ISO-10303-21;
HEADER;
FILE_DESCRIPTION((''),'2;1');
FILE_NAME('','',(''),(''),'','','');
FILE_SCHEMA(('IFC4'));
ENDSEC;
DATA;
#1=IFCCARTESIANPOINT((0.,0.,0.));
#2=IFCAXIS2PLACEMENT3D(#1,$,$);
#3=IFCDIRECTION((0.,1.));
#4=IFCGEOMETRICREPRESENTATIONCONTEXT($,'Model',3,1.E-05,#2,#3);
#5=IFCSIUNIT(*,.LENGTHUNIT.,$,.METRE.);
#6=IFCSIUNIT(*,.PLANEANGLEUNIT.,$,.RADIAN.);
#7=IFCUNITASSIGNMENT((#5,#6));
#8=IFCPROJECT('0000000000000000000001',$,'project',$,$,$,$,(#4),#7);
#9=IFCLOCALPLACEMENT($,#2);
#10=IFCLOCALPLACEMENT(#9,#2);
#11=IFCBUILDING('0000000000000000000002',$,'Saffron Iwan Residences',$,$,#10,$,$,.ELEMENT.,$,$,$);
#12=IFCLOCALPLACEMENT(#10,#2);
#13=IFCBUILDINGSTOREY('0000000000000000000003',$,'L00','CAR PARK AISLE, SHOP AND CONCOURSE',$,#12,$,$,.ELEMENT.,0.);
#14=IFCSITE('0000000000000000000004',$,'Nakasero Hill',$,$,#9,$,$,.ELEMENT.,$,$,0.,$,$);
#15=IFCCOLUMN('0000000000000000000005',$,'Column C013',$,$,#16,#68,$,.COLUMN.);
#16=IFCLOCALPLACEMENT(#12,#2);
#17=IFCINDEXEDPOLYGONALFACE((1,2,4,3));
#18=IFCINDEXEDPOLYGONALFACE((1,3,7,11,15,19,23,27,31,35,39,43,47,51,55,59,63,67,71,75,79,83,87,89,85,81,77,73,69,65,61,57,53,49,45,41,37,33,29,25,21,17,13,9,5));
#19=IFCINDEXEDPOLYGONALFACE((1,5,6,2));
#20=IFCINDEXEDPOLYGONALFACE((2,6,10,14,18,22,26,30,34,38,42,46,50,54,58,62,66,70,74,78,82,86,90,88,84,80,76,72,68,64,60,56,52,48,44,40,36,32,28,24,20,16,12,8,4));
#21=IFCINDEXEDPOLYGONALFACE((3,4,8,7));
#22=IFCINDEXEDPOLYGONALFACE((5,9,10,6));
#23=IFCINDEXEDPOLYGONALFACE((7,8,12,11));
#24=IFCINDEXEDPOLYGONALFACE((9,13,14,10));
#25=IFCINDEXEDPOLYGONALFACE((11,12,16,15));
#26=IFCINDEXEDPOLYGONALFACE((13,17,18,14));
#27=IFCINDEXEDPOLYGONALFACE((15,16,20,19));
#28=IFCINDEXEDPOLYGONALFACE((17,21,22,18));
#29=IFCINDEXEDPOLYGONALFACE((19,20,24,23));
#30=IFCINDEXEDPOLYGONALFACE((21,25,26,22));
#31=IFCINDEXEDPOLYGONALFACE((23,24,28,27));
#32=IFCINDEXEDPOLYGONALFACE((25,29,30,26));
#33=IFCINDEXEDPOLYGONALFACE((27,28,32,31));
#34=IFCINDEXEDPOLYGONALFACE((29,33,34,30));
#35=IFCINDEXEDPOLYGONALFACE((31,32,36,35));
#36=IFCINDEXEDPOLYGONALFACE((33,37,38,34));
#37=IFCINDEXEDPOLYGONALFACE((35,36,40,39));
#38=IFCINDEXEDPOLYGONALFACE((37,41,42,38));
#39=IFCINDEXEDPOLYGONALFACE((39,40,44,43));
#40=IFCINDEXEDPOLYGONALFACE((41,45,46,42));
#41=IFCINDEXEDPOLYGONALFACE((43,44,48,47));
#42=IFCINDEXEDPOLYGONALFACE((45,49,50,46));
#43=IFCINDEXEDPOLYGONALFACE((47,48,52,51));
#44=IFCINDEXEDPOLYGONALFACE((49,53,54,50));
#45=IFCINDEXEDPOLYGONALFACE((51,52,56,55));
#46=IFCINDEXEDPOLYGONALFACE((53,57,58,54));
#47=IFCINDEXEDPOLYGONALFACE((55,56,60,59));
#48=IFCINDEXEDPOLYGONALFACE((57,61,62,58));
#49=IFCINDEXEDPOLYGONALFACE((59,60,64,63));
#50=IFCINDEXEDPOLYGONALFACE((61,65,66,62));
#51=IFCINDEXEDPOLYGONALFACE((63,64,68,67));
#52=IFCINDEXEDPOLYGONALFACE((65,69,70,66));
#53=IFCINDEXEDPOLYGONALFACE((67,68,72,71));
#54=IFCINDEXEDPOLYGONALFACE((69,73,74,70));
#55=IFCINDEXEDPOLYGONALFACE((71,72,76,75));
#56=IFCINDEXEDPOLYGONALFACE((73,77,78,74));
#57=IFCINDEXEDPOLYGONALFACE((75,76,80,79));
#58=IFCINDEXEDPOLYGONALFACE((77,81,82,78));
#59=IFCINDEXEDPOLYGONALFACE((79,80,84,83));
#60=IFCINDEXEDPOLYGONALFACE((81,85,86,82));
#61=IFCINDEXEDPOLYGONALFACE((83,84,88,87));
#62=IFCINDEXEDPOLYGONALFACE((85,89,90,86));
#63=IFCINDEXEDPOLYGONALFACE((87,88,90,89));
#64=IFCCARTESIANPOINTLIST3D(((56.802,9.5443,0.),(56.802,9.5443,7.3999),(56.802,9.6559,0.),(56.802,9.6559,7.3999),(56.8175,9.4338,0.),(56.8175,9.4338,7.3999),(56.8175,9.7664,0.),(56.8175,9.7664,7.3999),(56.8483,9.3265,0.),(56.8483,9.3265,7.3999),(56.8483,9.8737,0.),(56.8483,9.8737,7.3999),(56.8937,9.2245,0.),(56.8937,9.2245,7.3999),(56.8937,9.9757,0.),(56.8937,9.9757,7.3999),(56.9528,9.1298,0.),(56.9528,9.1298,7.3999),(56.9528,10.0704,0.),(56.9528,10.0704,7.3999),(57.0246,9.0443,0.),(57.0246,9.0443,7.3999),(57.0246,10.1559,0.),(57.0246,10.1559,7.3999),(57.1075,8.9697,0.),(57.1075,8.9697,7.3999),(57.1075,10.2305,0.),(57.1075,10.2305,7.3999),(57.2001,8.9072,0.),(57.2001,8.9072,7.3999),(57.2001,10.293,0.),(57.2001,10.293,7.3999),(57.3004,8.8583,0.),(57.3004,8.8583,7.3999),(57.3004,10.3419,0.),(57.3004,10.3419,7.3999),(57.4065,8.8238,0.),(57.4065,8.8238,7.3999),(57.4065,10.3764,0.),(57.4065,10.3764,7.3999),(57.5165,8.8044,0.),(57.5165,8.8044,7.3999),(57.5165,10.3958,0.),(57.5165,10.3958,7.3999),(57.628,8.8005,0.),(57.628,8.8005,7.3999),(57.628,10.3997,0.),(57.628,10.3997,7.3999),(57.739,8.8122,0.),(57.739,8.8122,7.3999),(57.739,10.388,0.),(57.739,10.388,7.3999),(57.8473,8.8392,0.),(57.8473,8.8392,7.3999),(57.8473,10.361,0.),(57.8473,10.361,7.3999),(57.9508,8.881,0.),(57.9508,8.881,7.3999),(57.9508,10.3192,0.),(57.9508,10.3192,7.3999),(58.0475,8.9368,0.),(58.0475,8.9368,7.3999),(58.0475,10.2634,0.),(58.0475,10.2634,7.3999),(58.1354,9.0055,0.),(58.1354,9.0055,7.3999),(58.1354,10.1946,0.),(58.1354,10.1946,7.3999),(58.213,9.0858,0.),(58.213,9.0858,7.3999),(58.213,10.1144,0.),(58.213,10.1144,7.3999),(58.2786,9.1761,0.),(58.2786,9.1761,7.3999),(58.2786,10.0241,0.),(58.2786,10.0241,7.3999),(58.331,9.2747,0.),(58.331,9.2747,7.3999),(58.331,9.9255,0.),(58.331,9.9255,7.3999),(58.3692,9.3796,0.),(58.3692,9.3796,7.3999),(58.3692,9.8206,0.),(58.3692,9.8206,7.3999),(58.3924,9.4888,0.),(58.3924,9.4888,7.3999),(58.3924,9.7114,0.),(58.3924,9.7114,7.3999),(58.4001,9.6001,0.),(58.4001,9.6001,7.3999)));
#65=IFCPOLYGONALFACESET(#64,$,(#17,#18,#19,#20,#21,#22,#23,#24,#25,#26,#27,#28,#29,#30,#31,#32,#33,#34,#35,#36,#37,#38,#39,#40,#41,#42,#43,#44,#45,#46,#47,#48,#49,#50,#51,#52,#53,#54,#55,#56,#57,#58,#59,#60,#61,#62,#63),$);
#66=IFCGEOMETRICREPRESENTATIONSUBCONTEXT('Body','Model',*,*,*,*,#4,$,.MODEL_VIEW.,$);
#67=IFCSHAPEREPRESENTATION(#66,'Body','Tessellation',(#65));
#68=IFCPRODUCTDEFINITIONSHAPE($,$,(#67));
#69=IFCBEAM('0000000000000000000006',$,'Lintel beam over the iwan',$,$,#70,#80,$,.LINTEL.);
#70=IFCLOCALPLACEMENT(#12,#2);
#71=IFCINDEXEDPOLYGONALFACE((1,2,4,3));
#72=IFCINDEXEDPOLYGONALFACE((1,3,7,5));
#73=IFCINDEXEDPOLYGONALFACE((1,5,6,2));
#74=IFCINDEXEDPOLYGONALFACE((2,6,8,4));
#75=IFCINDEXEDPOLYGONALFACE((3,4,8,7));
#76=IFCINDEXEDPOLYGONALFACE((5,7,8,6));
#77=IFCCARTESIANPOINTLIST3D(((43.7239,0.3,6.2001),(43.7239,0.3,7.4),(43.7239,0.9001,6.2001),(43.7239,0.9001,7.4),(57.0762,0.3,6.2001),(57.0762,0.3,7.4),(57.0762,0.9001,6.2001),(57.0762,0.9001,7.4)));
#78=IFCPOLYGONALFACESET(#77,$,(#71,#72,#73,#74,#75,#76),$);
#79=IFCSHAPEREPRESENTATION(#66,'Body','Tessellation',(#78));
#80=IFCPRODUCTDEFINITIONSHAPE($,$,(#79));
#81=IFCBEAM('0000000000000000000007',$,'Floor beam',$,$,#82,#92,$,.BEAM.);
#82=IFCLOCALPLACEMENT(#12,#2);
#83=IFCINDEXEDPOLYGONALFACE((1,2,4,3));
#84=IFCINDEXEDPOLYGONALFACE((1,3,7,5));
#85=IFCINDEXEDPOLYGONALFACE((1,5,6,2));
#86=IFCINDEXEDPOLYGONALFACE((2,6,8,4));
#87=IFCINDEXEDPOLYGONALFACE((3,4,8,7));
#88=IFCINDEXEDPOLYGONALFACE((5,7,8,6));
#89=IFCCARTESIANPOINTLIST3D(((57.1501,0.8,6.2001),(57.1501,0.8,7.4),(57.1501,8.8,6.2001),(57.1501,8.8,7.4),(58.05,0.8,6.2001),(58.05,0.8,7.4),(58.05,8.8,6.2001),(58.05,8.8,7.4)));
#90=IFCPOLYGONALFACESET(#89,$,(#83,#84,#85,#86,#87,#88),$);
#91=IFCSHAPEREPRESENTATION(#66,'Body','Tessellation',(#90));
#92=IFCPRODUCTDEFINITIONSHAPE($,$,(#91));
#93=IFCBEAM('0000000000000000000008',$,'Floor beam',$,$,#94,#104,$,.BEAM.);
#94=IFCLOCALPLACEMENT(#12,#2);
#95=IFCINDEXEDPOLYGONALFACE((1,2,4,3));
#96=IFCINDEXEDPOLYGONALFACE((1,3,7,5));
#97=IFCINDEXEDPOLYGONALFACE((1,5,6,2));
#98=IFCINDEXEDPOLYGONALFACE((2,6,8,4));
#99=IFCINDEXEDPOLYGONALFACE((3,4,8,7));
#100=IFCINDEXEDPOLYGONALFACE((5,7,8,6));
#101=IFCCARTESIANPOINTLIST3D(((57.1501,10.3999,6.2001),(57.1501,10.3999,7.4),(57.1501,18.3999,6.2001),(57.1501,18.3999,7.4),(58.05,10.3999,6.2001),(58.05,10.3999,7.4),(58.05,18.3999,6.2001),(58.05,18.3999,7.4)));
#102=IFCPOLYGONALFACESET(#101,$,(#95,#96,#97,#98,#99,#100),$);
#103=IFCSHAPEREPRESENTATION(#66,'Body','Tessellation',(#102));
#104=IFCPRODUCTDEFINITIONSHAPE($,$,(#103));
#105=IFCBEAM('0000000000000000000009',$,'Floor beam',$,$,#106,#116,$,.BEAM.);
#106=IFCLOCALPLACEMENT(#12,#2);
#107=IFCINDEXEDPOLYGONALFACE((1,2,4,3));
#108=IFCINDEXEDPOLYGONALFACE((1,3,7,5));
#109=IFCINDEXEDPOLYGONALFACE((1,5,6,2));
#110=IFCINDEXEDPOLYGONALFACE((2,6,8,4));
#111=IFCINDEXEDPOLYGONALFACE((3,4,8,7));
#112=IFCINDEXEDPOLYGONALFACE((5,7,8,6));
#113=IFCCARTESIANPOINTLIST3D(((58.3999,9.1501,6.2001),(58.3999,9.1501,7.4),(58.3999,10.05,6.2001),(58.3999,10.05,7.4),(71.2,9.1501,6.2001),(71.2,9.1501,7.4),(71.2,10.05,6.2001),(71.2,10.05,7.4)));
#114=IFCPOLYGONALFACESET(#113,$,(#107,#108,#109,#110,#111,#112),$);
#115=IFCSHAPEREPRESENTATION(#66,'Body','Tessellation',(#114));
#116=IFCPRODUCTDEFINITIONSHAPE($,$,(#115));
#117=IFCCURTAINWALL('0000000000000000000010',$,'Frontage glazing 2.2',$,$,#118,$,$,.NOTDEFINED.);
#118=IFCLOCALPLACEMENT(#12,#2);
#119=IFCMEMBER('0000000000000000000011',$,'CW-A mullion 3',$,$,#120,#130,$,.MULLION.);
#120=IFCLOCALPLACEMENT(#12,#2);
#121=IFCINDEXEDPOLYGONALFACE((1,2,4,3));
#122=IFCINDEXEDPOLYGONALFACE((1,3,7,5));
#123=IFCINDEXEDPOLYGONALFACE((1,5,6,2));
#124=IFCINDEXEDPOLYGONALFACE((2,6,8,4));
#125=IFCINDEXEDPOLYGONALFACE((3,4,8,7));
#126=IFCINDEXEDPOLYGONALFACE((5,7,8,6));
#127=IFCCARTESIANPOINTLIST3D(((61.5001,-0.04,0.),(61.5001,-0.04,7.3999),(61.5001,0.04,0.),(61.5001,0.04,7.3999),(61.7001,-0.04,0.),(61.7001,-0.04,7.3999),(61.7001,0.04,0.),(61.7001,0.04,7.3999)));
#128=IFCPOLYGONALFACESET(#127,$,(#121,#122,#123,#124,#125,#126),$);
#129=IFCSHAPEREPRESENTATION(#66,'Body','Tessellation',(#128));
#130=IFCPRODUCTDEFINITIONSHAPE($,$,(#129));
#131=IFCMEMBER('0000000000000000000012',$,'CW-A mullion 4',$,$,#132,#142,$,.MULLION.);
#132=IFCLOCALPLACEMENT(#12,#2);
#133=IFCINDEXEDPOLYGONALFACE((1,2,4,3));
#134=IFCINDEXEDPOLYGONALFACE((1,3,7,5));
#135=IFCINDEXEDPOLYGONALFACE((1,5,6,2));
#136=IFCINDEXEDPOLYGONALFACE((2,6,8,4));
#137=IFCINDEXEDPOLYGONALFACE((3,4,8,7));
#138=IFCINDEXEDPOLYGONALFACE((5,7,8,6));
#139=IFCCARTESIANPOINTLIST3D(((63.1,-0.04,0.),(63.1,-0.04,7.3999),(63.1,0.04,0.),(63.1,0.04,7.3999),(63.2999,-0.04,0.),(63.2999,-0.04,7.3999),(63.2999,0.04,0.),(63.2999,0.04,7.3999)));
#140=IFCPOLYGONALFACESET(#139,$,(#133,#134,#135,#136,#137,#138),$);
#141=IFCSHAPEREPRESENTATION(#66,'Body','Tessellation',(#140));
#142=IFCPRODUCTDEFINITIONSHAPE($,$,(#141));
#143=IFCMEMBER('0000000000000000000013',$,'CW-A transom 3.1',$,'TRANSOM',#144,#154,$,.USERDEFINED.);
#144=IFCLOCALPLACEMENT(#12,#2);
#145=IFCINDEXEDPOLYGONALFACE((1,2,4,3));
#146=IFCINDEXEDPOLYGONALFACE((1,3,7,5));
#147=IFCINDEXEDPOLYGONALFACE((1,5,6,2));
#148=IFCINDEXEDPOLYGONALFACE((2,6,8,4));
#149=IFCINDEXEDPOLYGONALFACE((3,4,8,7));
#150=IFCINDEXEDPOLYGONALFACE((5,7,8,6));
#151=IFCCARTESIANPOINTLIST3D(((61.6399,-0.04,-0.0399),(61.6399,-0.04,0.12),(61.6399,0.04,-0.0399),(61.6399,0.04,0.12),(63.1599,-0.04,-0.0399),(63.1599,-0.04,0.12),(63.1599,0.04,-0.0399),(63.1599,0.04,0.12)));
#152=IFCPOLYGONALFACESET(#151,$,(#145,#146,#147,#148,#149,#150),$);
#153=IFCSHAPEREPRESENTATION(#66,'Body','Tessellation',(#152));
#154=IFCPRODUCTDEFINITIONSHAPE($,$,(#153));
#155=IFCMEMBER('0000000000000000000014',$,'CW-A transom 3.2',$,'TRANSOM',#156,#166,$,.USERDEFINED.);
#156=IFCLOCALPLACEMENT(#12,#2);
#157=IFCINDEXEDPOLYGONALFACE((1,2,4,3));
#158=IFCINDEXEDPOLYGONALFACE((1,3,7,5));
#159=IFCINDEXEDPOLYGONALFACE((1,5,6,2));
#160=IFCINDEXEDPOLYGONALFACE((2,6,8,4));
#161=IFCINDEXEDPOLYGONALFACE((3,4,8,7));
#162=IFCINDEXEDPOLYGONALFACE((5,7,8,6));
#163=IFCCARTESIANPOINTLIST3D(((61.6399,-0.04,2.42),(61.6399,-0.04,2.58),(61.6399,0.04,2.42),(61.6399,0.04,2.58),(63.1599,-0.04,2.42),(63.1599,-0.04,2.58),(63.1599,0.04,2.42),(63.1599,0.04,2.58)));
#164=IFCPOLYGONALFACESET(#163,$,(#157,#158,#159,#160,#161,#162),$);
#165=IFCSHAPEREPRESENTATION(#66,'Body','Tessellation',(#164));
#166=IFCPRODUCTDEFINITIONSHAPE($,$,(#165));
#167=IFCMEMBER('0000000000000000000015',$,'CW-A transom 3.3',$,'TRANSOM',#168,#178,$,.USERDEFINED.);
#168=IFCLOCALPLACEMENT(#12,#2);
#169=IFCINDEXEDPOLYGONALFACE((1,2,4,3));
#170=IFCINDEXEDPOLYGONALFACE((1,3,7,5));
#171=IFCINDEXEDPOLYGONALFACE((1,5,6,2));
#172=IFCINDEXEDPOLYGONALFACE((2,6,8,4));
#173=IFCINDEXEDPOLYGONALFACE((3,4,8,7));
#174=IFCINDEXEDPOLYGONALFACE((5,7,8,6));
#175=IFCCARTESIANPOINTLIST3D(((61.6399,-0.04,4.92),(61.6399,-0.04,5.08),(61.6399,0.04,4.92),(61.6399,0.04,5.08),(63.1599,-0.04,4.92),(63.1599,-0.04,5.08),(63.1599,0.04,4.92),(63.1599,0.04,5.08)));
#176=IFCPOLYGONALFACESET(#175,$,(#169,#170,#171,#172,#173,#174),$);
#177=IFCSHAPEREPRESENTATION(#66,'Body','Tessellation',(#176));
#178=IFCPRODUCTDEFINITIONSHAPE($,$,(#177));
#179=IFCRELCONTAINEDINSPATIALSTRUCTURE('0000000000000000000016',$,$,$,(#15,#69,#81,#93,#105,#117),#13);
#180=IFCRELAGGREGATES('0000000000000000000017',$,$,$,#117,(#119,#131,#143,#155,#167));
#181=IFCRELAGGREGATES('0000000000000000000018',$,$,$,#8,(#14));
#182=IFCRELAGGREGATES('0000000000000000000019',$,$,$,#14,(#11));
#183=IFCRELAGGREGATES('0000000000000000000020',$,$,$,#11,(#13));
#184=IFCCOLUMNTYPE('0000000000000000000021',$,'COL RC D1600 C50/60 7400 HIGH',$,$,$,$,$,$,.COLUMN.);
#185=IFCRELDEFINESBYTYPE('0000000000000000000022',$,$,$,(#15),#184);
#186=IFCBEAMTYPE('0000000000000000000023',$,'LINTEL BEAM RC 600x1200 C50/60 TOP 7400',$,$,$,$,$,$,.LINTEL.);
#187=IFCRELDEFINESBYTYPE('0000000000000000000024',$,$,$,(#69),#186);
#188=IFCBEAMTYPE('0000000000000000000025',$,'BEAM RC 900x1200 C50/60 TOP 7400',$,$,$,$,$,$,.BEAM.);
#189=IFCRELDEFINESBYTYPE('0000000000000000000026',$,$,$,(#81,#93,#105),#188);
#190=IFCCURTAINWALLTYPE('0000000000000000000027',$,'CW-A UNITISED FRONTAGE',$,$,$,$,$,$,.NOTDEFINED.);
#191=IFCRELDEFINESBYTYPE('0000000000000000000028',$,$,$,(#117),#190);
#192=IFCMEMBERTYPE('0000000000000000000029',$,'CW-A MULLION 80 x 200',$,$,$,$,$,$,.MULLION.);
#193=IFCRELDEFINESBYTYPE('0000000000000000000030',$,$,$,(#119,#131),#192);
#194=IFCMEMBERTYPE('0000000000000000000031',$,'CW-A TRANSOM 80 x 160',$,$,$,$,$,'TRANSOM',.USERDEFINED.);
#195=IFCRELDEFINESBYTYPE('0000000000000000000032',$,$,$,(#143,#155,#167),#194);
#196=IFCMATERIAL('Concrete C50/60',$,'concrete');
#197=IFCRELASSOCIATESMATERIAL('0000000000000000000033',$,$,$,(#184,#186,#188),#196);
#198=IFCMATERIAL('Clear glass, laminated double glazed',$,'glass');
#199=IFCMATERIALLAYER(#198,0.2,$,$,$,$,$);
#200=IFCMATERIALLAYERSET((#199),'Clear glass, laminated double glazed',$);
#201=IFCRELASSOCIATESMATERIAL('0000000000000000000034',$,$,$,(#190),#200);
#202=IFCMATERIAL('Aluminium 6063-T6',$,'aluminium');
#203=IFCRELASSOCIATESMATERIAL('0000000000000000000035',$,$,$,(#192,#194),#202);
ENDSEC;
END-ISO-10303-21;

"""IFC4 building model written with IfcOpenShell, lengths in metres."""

from ifc_helpers import new_model, si_unit, direction, frame, origin, origin_2d, place, context, subcontext, project, spatial, rectangle, circle, extrude, source, transform, mapped, material, layer, layer_set, material_profile, profile_set, type_object, element, aggregate, save


model = new_model("IFC4")

# Units and contexts
model_context = context("Model", 3, precision=1e-05, world=origin(), true_north=direction((0.0, 1.0)))
body_context = subcontext(model_context, "Body", "Model", "MODEL_VIEW")
ifc_project = project(units=[si_unit("LENGTHUNIT", "METRE"), si_unit("PLANEANGLEUNIT", "RADIAN")], contexts=[model_context])

# Site, building, storey
site_placement = place(None, origin())
site = spatial("IfcSite", under=ifc_project, at=site_placement, Name="Nakasero Hill", CompositionType="ELEMENT", RefElevation=0.0)
building_placement = place(site_placement, origin())
building = spatial("IfcBuilding", under=site, at=building_placement, Name="Saffron Iwan Residences", CompositionType="ELEMENT")
storey_placement = place(building_placement, origin())
storey = spatial("IfcBuildingStorey", under=building, at=storey_placement, Name="L00", Description="CAR PARK AISLE, SHOP AND CONCOURSE", CompositionType="ELEMENT", Elevation=0.0)

# Column
ifc_material_1 = material(Name="Concrete C50/60", Category="concrete")
ifc_material_profile_1 = material_profile(ifc_material_1, circle(Radius=0.8, at=origin_2d()), Name="RC D1600")
ifc_profile_set_1 = profile_set([ifc_material_profile_1], Name="Concrete C50/60")
column_type = type_object("IfcColumnType", Name="COL RC D1600 C50/60 7400 HIGH", PredefinedType="COLUMN", material=ifc_profile_set_1)
shared_shape_1 = source(origin(), body_context, "Body", "SweptSolid", [
    extrude(circle(Radius=0.8, at=origin_2d()), origin(), (0.0, 0.0, 1.0), 7.3999),
])
column_placement = place(storey_placement, frame((57.6001, 9.6001, 0.0), z_axis=(0.0, 0.0, 1.0), x_axis=(1.0, 0.0, 0.0)))
element("IfcColumn", 1, at=column_placement, inside=storey, type_object=column_type, Name="Column C013", PredefinedType="COLUMN", context=body_context, shape_type="MappedRepresentation", body=[
    mapped(shared_shape_1, transform((0.0, 0.0, 0.0))),
])

# Beams
ifc_material_profile_2 = material_profile(ifc_material_1, rectangle(XDim=0.6001, YDim=1.2, at=origin_2d()), Name="RC 600x1200")
ifc_profile_set_2 = profile_set([ifc_material_profile_2], Name="Concrete C50/60")
beam_type_1 = type_object("IfcBeamType", Name="LINTEL BEAM RC 600x1200 C50/60 TOP 7400", PredefinedType="LINTEL", material=ifc_profile_set_2)
shared_shape_2 = source(origin(), body_context, "Body", "SweptSolid", [
    extrude(rectangle(XDim=0.6001, YDim=1.2, at=origin_2d()), origin(), (0.0, 0.0, 1.0), 13.3523),
])
beam_1_placement = place(storey_placement, frame((57.0762, 0.6001, 6.8), z_axis=(-1.0, 0.0, 0.0), x_axis=(0.0, -1.0, 0.0)))
element("IfcBeam", 2, at=beam_1_placement, inside=storey, type_object=beam_type_1, Name="Lintel beam over the iwan", PredefinedType="LINTEL", context=body_context, shape_type="MappedRepresentation", body=[
    mapped(shared_shape_2, transform((0.0, 0.0, 0.0))),
])
ifc_material_profile_3 = material_profile(ifc_material_1, rectangle(XDim=0.8999, YDim=1.2, at=origin_2d()), Name="RC 900x1200")
ifc_profile_set_3 = profile_set([ifc_material_profile_3], Name="Concrete C50/60")
beam_type_2 = type_object("IfcBeamType", Name="BEAM RC 900x1200 C50/60 TOP 7400", PredefinedType="BEAM", material=ifc_profile_set_3)
shared_shape_3 = source(origin(), body_context, "Body", "SweptSolid", [
    extrude(rectangle(XDim=0.8999, YDim=1.2, at=origin_2d()), origin(), (0.0, 0.0, 1.0), 8.0),
])
for number, where, z_axis, x_axis, name in (
    (3, (57.6001, 0.8, 6.8), (0.0, 1.0, 0.0), (-1.0, 0.0, 0.0), "Floor beam"),
    (4, (57.6001, 10.3999, 6.8), (0.0, 1.0, 0.0), (-1.0, 0.0, 0.0), "Floor beam"),
):
    element("IfcBeam", number, at=place(storey_placement, frame(where, z_axis=z_axis, x_axis=x_axis)), inside=storey, type_object=beam_type_2, Name=name, PredefinedType="BEAM", context=body_context, shape_type="MappedRepresentation", body=[
        mapped(shared_shape_3, transform((0.0, 0.0, 0.0))),
    ])
shared_shape_4 = source(origin(), body_context, "Body", "SweptSolid", [
    extrude(rectangle(XDim=0.8999, YDim=1.2, at=origin_2d()), origin(), (0.0, 0.0, 1.0), 12.8),
])
beam_2_placement = place(storey_placement, frame((58.3999, 9.6001, 6.8), z_axis=(1.0, 0.0, 0.0), x_axis=(0.0, 1.0, 0.0)))
element("IfcBeam", 5, at=beam_2_placement, inside=storey, type_object=beam_type_2, Name="Floor beam", PredefinedType="BEAM", context=body_context, shape_type="MappedRepresentation", body=[
    mapped(shared_shape_4, transform((0.0, 0.0, 0.0))),
])

# Curtain wall, members
ifc_material_2 = material(Name="Clear glass, laminated double glazed", Category="glass")
ifc_layer_1 = layer(ifc_material_2, 0.2)
ifc_layer_set_1 = layer_set([ifc_layer_1], Name="Clear glass, laminated double glazed")
curtain_wall_type = type_object("IfcCurtainWallType", Name="CW-A UNITISED FRONTAGE", PredefinedType="NOTDEFINED", material=ifc_layer_set_1)
curtain_wall_placement = place(storey_placement, origin())
curtain_wall = element("IfcCurtainWall", 6, at=curtain_wall_placement, inside=storey, type_object=curtain_wall_type, Name="Frontage glazing 2.2", PredefinedType="NOTDEFINED")
ifc_material_3 = material(Name="Aluminium 6063-T6", Category="aluminium")
ifc_material_profile_4 = material_profile(ifc_material_3, rectangle(XDim=0.0801, YDim=0.2, at=origin_2d()), Name="CW-A MULLION 80 x 200")
ifc_profile_set_4 = profile_set([ifc_material_profile_4], Name="Aluminium 6063-T6")
member_type_1 = type_object("IfcMemberType", Name="CW-A MULLION 80 x 200", PredefinedType="MULLION", material=ifc_profile_set_4)
shared_shape_5 = source(origin(), body_context, "Body", "SweptSolid", [
    extrude(rectangle(XDim=0.0801, YDim=0.2, at=origin_2d()), origin(), (0.0, 0.0, 1.0), 7.3999),
])
member_1_placement = place(storey_placement, frame((61.6001, 0.0, 0.0), z_axis=(0.0, 0.0, 1.0), x_axis=(0.0, 1.0, 0.0)))
member_1 = element("IfcMember", 7, at=member_1_placement, type_object=member_type_1, Name="CW-A mullion 3", PredefinedType="MULLION", context=body_context, shape_type="MappedRepresentation", body=[
    mapped(shared_shape_5, transform((0.0, 0.0, 0.0))),
])
member_2_placement = place(storey_placement, frame((63.2, 0.0, 0.0), z_axis=(0.0, 0.0, 1.0), x_axis=(0.0, 1.0, 0.0)))
member_2 = element("IfcMember", 8, at=member_2_placement, type_object=member_type_1, Name="CW-A mullion 4", PredefinedType="MULLION", context=body_context, shape_type="MappedRepresentation", body=[
    mapped(shared_shape_5, transform((0.0, 0.0, 0.0))),
])
ifc_material_profile_5 = material_profile(ifc_material_3, rectangle(XDim=0.0801, YDim=0.1599, at=origin_2d()), Name="CW-A TRANSOM 80 x 160")
ifc_profile_set_5 = profile_set([ifc_material_profile_5], Name="Aluminium 6063-T6")
member_type_2 = type_object("IfcMemberType", Name="CW-A TRANSOM 80 x 160", ElementType="TRANSOM", PredefinedType="USERDEFINED", material=ifc_profile_set_5)
shared_shape_6 = source(origin(), body_context, "Body", "SweptSolid", [
    extrude(rectangle(XDim=0.0801, YDim=0.1599, at=origin_2d()), origin(), (0.0, 0.0, 1.0), 1.52),
])
member_3_placement = place(storey_placement, frame((61.6399, 0.0, 0.04), z_axis=(1.0, 0.0, 0.0), x_axis=(0.0, 1.0, 0.0)))
member_3 = element("IfcMember", 9, at=member_3_placement, type_object=member_type_2, Name="CW-A transom 3.1", ObjectType="TRANSOM", PredefinedType="USERDEFINED", context=body_context, shape_type="MappedRepresentation", body=[
    mapped(shared_shape_6, transform((0.0, 0.0, 0.0))),
])
member_4_placement = place(storey_placement, frame((61.6399, 0.0, 2.5), z_axis=(1.0, 0.0, 0.0), x_axis=(0.0, 1.0, 0.0)))
member_4 = element("IfcMember", 10, at=member_4_placement, type_object=member_type_2, Name="CW-A transom 3.2", ObjectType="TRANSOM", PredefinedType="USERDEFINED", context=body_context, shape_type="MappedRepresentation", body=[
    mapped(shared_shape_6, transform((0.0, 0.0, 0.0))),
])
member_5_placement = place(storey_placement, frame((61.6399, 0.0, 5.0), z_axis=(1.0, 0.0, 0.0), x_axis=(0.0, 1.0, 0.0)))
member_5 = element("IfcMember", 11, at=member_5_placement, type_object=member_type_2, Name="CW-A transom 3.3", ObjectType="TRANSOM", PredefinedType="USERDEFINED", context=body_context, shape_type="MappedRepresentation", body=[
    mapped(shared_shape_6, transform((0.0, 0.0, 0.0))),
])
aggregate(curtain_wall, [member_1, member_2, member_3, member_4, member_5])

save(model, "model.ifc")
